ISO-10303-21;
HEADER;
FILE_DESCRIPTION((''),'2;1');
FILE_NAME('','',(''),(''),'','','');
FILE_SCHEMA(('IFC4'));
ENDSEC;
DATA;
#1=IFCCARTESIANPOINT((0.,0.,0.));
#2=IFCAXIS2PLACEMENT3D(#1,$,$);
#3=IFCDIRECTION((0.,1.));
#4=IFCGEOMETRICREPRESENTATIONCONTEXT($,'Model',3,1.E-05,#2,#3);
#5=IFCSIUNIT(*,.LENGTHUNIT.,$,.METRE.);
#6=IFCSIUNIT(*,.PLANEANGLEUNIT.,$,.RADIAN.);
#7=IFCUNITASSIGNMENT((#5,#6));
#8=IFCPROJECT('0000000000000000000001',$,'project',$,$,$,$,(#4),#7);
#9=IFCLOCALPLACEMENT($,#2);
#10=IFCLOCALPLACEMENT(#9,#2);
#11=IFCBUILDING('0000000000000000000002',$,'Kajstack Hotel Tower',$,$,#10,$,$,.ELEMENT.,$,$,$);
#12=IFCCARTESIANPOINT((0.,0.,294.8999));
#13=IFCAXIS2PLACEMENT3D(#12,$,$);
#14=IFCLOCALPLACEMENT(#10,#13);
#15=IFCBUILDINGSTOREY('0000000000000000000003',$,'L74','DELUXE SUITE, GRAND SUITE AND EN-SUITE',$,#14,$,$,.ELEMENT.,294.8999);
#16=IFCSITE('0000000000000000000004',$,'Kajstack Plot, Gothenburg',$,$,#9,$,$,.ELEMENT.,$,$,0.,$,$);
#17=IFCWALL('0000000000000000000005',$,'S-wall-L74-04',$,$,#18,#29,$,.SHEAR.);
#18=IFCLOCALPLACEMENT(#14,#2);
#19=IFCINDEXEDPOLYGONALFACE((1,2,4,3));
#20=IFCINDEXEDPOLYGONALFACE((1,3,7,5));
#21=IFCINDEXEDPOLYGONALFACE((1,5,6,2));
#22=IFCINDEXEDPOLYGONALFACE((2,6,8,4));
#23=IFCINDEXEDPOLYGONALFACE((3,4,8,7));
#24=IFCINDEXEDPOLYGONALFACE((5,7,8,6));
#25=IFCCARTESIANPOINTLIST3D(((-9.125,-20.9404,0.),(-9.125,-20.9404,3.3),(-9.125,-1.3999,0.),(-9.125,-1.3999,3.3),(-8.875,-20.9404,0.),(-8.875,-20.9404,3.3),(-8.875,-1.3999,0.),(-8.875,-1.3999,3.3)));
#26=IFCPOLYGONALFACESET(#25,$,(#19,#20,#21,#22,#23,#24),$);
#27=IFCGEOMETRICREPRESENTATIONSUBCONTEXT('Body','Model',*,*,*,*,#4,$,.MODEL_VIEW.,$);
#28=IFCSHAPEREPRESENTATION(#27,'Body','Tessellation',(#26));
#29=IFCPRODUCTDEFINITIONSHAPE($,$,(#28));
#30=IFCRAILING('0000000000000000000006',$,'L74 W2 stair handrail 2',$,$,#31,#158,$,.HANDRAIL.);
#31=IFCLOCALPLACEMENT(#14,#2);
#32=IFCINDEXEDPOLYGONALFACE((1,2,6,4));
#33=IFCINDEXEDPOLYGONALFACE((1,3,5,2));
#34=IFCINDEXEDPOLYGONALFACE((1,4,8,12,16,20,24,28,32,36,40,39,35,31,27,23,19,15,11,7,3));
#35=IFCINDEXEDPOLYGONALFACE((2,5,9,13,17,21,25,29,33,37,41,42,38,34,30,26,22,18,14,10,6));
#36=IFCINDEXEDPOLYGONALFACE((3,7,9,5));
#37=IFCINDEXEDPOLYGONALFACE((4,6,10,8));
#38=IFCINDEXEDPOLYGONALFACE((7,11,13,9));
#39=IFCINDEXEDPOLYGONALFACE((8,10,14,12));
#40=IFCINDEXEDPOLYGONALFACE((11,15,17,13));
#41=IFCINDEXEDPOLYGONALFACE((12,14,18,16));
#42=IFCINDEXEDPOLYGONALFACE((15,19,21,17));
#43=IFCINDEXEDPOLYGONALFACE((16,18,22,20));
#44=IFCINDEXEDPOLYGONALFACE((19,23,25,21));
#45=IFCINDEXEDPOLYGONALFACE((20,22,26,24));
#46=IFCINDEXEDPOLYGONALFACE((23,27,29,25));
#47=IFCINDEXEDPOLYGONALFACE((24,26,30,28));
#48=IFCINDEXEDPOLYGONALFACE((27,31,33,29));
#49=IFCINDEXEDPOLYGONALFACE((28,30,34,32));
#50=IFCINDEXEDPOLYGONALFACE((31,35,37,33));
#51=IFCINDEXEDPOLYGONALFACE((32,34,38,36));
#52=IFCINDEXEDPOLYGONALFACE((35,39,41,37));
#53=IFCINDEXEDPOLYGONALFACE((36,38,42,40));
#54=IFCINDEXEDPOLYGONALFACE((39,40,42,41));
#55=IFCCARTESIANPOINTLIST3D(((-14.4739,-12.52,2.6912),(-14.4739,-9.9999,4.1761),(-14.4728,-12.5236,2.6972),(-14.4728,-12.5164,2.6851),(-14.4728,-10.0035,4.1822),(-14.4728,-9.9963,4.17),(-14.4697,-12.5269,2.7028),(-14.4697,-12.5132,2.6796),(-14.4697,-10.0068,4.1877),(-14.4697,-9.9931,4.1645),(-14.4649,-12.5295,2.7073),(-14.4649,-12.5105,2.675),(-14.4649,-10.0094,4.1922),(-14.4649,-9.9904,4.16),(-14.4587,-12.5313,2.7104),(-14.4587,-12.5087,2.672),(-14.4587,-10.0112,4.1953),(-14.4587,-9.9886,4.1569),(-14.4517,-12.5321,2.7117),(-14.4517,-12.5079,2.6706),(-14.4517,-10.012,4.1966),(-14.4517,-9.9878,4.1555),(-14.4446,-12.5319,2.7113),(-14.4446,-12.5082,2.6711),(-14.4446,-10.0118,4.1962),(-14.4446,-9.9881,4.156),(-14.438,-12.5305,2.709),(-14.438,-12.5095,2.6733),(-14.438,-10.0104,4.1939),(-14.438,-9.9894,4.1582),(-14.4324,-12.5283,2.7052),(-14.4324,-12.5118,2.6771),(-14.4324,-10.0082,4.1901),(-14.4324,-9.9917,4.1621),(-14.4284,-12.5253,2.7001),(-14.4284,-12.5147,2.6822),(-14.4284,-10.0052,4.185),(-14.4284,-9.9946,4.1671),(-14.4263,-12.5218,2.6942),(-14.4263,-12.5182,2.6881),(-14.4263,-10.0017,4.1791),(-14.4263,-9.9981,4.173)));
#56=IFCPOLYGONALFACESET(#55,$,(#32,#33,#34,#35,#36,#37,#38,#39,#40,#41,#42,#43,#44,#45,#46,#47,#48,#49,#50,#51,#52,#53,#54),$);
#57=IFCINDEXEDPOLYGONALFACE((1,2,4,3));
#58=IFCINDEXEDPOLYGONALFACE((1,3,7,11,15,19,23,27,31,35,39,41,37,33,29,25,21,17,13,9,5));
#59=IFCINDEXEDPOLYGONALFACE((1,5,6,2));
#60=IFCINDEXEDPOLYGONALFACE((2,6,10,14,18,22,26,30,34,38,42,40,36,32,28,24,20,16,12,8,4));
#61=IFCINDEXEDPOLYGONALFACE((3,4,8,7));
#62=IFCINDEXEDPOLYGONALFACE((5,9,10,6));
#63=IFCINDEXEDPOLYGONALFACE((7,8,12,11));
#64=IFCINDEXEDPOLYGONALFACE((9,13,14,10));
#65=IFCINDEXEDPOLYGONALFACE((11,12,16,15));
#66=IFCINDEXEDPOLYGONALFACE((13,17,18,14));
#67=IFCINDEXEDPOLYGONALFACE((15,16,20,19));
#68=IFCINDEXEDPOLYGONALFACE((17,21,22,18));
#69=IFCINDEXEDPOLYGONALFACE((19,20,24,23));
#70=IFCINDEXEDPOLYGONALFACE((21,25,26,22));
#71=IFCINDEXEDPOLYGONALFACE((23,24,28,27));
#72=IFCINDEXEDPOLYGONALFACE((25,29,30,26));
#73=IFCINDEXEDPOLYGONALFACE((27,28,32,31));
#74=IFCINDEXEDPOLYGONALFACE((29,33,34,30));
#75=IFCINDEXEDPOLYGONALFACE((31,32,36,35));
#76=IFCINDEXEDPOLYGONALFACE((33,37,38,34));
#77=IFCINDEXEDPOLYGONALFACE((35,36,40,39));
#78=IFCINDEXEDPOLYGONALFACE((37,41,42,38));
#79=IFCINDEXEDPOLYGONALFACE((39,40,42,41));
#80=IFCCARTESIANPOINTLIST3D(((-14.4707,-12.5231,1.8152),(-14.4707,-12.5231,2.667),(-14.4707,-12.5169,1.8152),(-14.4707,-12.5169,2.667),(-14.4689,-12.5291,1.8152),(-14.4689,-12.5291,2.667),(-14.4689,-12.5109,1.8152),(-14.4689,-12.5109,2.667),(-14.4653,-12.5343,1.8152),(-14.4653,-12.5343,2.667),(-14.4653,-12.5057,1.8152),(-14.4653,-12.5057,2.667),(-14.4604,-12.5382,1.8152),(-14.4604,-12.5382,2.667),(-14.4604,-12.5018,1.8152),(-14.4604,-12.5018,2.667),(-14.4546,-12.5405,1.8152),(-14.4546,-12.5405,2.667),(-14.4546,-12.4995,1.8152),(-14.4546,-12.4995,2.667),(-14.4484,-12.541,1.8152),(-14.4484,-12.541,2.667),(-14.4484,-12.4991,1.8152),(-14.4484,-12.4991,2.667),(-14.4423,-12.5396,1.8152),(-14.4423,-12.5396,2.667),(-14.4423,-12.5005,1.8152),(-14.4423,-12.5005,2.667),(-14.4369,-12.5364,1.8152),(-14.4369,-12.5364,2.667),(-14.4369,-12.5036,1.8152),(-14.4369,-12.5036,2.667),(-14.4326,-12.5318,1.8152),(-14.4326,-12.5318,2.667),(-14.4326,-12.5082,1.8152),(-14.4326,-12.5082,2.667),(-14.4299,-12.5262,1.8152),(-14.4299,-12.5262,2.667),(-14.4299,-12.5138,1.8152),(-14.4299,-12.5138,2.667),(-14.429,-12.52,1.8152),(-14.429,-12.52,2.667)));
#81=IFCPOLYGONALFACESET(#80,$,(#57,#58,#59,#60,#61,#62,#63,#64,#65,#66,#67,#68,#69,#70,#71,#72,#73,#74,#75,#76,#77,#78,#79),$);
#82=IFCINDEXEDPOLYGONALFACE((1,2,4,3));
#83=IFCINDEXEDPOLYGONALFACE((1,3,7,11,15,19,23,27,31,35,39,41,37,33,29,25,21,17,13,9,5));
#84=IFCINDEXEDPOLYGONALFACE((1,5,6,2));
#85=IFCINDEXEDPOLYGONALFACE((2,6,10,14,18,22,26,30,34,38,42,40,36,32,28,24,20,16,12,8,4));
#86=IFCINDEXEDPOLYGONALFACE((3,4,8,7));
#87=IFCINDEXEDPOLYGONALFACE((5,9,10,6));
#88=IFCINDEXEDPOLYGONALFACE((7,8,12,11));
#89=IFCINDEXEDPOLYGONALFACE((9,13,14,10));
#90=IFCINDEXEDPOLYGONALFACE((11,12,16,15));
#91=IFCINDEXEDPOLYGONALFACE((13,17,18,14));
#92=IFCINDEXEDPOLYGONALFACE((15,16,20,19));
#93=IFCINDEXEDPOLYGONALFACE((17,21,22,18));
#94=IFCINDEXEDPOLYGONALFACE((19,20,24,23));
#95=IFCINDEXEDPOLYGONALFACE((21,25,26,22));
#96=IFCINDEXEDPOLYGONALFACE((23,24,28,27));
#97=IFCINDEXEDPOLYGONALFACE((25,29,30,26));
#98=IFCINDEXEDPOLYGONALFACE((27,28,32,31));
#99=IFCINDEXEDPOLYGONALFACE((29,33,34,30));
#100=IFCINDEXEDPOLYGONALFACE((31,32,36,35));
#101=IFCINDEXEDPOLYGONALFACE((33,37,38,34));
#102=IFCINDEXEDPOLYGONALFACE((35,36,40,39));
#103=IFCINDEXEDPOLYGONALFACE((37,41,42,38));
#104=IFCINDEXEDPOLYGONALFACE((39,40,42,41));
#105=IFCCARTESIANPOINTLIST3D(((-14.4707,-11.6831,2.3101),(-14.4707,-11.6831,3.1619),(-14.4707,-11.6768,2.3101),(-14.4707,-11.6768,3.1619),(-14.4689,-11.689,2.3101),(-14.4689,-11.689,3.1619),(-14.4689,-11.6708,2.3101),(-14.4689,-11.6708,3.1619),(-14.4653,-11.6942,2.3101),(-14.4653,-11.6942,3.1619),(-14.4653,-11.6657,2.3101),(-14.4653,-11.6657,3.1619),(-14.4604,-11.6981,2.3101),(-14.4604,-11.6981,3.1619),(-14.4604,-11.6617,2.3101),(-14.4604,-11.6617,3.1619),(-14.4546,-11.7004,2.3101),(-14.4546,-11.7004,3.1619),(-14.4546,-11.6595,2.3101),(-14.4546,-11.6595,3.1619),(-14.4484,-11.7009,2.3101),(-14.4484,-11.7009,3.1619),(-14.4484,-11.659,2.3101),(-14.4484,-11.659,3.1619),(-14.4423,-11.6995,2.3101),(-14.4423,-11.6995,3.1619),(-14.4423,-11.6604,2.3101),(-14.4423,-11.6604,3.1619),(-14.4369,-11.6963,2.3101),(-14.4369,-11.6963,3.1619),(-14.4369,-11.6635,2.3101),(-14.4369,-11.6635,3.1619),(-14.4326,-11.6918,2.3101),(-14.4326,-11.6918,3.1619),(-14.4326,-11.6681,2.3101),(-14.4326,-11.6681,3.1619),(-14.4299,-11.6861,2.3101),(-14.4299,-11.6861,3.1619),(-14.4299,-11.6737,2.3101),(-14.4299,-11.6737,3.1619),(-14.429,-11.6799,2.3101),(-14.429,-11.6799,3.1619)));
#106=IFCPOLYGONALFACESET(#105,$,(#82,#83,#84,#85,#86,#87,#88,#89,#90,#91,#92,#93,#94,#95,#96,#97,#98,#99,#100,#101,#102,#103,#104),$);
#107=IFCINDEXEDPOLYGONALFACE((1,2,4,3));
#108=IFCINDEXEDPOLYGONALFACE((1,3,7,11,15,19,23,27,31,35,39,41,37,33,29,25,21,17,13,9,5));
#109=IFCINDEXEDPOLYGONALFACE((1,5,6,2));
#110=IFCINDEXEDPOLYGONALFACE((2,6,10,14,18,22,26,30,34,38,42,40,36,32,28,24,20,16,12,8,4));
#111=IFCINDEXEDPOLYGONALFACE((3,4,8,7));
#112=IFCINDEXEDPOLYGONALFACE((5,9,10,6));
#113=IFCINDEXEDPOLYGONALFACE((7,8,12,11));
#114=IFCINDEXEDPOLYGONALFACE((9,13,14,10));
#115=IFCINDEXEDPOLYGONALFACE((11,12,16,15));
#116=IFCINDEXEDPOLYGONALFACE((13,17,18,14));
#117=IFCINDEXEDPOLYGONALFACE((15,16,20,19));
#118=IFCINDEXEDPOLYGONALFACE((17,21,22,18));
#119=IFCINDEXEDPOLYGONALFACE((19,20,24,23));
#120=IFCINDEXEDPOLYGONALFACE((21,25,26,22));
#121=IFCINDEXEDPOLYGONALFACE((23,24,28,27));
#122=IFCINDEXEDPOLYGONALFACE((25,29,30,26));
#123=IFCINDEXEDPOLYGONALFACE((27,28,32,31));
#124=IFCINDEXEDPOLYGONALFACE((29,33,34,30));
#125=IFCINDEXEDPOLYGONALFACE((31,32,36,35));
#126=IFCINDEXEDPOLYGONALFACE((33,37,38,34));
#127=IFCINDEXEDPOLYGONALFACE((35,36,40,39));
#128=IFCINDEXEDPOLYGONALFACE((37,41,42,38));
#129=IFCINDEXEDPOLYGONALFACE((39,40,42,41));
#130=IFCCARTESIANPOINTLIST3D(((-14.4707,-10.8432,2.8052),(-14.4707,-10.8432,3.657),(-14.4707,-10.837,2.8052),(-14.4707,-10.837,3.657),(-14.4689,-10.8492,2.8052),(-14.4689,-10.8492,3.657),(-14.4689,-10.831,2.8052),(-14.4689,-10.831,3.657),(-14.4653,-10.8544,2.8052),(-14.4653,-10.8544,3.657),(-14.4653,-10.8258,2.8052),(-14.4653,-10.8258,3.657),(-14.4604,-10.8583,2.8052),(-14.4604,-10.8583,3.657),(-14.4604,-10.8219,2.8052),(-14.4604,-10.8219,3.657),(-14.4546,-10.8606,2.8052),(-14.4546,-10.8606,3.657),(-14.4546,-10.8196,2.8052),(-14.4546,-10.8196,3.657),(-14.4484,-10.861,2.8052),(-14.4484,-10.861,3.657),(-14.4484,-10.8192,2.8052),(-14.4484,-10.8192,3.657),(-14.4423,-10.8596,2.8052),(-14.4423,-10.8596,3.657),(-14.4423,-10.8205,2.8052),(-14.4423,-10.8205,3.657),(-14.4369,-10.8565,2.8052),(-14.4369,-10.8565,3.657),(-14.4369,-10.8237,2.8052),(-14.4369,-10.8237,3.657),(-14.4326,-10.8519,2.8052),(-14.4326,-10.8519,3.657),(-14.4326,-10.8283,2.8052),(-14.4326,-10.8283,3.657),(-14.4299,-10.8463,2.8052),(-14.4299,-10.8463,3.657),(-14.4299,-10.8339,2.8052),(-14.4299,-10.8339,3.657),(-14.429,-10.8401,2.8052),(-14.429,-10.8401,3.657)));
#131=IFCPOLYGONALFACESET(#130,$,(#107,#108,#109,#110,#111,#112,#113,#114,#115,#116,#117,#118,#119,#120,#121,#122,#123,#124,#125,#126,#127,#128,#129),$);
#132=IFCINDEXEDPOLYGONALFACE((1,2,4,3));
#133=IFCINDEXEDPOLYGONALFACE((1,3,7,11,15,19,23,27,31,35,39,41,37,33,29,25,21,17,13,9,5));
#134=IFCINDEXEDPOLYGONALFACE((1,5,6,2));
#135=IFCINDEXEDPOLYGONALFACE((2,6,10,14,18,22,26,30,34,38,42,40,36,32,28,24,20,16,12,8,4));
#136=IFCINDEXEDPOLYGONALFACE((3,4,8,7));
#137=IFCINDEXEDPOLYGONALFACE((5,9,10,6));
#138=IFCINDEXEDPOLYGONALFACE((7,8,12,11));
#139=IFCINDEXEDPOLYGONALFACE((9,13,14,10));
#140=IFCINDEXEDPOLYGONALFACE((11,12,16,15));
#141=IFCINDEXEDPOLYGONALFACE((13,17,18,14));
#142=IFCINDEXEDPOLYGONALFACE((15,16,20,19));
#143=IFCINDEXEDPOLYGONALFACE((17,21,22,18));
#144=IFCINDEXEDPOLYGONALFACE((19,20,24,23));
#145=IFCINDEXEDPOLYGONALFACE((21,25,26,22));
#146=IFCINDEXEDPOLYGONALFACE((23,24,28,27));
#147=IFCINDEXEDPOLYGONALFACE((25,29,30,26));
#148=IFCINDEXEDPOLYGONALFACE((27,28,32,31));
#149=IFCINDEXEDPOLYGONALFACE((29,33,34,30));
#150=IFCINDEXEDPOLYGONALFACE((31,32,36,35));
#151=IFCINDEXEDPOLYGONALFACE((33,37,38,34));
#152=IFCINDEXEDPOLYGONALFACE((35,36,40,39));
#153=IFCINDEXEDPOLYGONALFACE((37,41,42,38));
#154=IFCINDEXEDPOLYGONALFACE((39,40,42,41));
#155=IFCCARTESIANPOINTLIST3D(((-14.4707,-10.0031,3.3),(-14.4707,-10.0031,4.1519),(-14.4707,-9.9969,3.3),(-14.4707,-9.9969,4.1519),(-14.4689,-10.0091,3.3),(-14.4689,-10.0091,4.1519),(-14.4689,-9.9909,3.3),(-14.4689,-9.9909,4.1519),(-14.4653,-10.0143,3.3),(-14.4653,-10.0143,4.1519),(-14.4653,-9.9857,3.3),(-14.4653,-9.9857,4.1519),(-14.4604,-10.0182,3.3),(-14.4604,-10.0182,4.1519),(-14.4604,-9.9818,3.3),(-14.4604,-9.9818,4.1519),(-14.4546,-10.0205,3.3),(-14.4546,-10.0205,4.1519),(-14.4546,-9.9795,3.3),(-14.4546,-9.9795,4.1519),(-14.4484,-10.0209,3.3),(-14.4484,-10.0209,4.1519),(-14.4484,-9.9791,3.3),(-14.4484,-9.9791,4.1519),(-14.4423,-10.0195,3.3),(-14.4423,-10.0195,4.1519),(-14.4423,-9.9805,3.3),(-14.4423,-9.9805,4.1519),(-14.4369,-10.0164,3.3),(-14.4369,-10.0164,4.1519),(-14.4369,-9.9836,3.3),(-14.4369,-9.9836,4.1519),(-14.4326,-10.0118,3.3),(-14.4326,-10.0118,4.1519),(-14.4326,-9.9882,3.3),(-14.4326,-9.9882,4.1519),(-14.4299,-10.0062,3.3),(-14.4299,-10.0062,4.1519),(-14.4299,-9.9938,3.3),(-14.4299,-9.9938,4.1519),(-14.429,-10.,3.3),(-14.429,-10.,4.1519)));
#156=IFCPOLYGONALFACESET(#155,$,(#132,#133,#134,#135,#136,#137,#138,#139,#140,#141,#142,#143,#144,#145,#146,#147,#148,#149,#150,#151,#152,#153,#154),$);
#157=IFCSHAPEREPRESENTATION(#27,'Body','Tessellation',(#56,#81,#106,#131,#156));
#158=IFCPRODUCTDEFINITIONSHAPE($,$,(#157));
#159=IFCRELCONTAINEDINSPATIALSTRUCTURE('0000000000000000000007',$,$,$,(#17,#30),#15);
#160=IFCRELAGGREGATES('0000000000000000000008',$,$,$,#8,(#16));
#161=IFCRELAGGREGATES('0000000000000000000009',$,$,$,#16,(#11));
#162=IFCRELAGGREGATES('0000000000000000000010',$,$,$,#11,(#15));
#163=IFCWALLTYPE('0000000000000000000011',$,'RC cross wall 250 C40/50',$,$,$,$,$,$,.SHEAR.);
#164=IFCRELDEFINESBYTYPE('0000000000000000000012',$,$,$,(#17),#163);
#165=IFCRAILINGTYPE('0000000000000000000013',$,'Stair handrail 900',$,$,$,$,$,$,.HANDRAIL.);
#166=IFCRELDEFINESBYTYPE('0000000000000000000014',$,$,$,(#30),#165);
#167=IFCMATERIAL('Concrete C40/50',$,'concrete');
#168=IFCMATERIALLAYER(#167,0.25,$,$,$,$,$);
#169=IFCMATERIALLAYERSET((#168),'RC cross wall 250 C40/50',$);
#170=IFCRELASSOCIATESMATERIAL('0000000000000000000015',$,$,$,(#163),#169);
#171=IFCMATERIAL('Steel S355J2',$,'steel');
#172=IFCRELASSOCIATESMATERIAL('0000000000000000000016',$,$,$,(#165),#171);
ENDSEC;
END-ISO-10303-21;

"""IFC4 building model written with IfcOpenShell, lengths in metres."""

from ifc_helpers import new_model, si_unit, direction, frame, frame_2d, origin, origin_2d, place, context, subcontext, project, spatial, rectangle, circle, extrude, material, layer, layer_set, type_object, element, save


model = new_model("IFC4")

# Units and contexts
model_context = context("Model", 3, precision=1e-05, world=origin(), true_north=direction((0.0, 1.0)))
body_context = subcontext(model_context, "Body", "Model", "MODEL_VIEW")
ifc_project = project(units=[si_unit("LENGTHUNIT", "METRE"), si_unit("PLANEANGLEUNIT", "RADIAN")], contexts=[model_context])

# Site, building, storey
site_placement = place(None, origin())
site = spatial("IfcSite", under=ifc_project, at=site_placement, Name="Kajstack Plot, Gothenburg", CompositionType="ELEMENT", RefElevation=0.0)
building_placement = place(site_placement, origin())
building = spatial("IfcBuilding", under=site, at=building_placement, Name="Kajstack Hotel Tower", CompositionType="ELEMENT")
storey_placement = place(building_placement, frame((0.0, 0.0, 294.8999)))
storey = spatial("IfcBuildingStorey", under=building, at=storey_placement, Name="L74", Description="DELUXE SUITE, GRAND SUITE AND EN-SUITE", CompositionType="ELEMENT", Elevation=294.8999)

# Wall
ifc_material_1 = material(Name="Concrete C40/50", Category="concrete")
ifc_layer_1 = layer(ifc_material_1, 0.25)
ifc_layer_set_1 = layer_set([ifc_layer_1], Name="RC cross wall 250 C40/50")
wall_type_1 = type_object("IfcWallType", Name="RC cross wall 250 C40/50", PredefinedType="SHEAR", material=ifc_layer_set_1)
wall_1_placement = place(storey_placement, frame((-9.0, -20.9404, 0.0), z_axis=(0.0, 0.0, 1.0), x_axis=(0.0, 1.0, 0.0)))
element("IfcWall", 1, at=wall_1_placement, inside=storey, type_object=wall_type_1, Name="S-wall-L74-04", PredefinedType="SHEAR", context=body_context, shape_type="SweptSolid", body=[
    extrude(rectangle(XDim=19.5405, YDim=0.25, at=frame_2d((9.7703, 0.0))), origin(), (0.0, 0.0, 1.0), 3.3),
])

# Railing
ifc_material_2 = material(Name="Steel S355J2", Category="steel")
railing_type = type_object("IfcRailingType", Name="Stair handrail 900", PredefinedType="HANDRAIL", material=ifc_material_2)
railing_placement = place(storey_placement, frame((-14.45, -12.52, 1.8152)))
element("IfcRailing", 2, at=railing_placement, inside=storey, type_object=railing_type, Name="L74 W2 stair handrail 2", PredefinedType="HANDRAIL", context=body_context, shape_type="SweptSolid", body=[
    extrude(circle(Radius=0.0239, at=origin_2d()), frame((0.0, 0.0, 0.876), z_axis=(0.0, 0.861561, 0.507655), x_axis=(-1.0, 0.0, 0.0)), (0.0, 0.0, 1.0), 2.925),
    extrude(circle(Radius=0.021, at=origin_2d()), origin(), (0.0, 0.0, 1.0), 0.8518),
    extrude(circle(Radius=0.021, at=origin_2d()), frame((0.0, 0.8401, 0.4949)), (0.0, 0.0, 1.0), 0.8518),
    extrude(circle(Radius=0.021, at=origin_2d()), frame((0.0, 1.6799, 0.99)), (0.0, 0.0, 1.0), 0.8518),
    extrude(circle(Radius=0.021, at=origin_2d()), frame((0.0, 2.52, 1.4849)), (0.0, 0.0, 1.0), 0.8518),
])

save(model, "model.ifc")
